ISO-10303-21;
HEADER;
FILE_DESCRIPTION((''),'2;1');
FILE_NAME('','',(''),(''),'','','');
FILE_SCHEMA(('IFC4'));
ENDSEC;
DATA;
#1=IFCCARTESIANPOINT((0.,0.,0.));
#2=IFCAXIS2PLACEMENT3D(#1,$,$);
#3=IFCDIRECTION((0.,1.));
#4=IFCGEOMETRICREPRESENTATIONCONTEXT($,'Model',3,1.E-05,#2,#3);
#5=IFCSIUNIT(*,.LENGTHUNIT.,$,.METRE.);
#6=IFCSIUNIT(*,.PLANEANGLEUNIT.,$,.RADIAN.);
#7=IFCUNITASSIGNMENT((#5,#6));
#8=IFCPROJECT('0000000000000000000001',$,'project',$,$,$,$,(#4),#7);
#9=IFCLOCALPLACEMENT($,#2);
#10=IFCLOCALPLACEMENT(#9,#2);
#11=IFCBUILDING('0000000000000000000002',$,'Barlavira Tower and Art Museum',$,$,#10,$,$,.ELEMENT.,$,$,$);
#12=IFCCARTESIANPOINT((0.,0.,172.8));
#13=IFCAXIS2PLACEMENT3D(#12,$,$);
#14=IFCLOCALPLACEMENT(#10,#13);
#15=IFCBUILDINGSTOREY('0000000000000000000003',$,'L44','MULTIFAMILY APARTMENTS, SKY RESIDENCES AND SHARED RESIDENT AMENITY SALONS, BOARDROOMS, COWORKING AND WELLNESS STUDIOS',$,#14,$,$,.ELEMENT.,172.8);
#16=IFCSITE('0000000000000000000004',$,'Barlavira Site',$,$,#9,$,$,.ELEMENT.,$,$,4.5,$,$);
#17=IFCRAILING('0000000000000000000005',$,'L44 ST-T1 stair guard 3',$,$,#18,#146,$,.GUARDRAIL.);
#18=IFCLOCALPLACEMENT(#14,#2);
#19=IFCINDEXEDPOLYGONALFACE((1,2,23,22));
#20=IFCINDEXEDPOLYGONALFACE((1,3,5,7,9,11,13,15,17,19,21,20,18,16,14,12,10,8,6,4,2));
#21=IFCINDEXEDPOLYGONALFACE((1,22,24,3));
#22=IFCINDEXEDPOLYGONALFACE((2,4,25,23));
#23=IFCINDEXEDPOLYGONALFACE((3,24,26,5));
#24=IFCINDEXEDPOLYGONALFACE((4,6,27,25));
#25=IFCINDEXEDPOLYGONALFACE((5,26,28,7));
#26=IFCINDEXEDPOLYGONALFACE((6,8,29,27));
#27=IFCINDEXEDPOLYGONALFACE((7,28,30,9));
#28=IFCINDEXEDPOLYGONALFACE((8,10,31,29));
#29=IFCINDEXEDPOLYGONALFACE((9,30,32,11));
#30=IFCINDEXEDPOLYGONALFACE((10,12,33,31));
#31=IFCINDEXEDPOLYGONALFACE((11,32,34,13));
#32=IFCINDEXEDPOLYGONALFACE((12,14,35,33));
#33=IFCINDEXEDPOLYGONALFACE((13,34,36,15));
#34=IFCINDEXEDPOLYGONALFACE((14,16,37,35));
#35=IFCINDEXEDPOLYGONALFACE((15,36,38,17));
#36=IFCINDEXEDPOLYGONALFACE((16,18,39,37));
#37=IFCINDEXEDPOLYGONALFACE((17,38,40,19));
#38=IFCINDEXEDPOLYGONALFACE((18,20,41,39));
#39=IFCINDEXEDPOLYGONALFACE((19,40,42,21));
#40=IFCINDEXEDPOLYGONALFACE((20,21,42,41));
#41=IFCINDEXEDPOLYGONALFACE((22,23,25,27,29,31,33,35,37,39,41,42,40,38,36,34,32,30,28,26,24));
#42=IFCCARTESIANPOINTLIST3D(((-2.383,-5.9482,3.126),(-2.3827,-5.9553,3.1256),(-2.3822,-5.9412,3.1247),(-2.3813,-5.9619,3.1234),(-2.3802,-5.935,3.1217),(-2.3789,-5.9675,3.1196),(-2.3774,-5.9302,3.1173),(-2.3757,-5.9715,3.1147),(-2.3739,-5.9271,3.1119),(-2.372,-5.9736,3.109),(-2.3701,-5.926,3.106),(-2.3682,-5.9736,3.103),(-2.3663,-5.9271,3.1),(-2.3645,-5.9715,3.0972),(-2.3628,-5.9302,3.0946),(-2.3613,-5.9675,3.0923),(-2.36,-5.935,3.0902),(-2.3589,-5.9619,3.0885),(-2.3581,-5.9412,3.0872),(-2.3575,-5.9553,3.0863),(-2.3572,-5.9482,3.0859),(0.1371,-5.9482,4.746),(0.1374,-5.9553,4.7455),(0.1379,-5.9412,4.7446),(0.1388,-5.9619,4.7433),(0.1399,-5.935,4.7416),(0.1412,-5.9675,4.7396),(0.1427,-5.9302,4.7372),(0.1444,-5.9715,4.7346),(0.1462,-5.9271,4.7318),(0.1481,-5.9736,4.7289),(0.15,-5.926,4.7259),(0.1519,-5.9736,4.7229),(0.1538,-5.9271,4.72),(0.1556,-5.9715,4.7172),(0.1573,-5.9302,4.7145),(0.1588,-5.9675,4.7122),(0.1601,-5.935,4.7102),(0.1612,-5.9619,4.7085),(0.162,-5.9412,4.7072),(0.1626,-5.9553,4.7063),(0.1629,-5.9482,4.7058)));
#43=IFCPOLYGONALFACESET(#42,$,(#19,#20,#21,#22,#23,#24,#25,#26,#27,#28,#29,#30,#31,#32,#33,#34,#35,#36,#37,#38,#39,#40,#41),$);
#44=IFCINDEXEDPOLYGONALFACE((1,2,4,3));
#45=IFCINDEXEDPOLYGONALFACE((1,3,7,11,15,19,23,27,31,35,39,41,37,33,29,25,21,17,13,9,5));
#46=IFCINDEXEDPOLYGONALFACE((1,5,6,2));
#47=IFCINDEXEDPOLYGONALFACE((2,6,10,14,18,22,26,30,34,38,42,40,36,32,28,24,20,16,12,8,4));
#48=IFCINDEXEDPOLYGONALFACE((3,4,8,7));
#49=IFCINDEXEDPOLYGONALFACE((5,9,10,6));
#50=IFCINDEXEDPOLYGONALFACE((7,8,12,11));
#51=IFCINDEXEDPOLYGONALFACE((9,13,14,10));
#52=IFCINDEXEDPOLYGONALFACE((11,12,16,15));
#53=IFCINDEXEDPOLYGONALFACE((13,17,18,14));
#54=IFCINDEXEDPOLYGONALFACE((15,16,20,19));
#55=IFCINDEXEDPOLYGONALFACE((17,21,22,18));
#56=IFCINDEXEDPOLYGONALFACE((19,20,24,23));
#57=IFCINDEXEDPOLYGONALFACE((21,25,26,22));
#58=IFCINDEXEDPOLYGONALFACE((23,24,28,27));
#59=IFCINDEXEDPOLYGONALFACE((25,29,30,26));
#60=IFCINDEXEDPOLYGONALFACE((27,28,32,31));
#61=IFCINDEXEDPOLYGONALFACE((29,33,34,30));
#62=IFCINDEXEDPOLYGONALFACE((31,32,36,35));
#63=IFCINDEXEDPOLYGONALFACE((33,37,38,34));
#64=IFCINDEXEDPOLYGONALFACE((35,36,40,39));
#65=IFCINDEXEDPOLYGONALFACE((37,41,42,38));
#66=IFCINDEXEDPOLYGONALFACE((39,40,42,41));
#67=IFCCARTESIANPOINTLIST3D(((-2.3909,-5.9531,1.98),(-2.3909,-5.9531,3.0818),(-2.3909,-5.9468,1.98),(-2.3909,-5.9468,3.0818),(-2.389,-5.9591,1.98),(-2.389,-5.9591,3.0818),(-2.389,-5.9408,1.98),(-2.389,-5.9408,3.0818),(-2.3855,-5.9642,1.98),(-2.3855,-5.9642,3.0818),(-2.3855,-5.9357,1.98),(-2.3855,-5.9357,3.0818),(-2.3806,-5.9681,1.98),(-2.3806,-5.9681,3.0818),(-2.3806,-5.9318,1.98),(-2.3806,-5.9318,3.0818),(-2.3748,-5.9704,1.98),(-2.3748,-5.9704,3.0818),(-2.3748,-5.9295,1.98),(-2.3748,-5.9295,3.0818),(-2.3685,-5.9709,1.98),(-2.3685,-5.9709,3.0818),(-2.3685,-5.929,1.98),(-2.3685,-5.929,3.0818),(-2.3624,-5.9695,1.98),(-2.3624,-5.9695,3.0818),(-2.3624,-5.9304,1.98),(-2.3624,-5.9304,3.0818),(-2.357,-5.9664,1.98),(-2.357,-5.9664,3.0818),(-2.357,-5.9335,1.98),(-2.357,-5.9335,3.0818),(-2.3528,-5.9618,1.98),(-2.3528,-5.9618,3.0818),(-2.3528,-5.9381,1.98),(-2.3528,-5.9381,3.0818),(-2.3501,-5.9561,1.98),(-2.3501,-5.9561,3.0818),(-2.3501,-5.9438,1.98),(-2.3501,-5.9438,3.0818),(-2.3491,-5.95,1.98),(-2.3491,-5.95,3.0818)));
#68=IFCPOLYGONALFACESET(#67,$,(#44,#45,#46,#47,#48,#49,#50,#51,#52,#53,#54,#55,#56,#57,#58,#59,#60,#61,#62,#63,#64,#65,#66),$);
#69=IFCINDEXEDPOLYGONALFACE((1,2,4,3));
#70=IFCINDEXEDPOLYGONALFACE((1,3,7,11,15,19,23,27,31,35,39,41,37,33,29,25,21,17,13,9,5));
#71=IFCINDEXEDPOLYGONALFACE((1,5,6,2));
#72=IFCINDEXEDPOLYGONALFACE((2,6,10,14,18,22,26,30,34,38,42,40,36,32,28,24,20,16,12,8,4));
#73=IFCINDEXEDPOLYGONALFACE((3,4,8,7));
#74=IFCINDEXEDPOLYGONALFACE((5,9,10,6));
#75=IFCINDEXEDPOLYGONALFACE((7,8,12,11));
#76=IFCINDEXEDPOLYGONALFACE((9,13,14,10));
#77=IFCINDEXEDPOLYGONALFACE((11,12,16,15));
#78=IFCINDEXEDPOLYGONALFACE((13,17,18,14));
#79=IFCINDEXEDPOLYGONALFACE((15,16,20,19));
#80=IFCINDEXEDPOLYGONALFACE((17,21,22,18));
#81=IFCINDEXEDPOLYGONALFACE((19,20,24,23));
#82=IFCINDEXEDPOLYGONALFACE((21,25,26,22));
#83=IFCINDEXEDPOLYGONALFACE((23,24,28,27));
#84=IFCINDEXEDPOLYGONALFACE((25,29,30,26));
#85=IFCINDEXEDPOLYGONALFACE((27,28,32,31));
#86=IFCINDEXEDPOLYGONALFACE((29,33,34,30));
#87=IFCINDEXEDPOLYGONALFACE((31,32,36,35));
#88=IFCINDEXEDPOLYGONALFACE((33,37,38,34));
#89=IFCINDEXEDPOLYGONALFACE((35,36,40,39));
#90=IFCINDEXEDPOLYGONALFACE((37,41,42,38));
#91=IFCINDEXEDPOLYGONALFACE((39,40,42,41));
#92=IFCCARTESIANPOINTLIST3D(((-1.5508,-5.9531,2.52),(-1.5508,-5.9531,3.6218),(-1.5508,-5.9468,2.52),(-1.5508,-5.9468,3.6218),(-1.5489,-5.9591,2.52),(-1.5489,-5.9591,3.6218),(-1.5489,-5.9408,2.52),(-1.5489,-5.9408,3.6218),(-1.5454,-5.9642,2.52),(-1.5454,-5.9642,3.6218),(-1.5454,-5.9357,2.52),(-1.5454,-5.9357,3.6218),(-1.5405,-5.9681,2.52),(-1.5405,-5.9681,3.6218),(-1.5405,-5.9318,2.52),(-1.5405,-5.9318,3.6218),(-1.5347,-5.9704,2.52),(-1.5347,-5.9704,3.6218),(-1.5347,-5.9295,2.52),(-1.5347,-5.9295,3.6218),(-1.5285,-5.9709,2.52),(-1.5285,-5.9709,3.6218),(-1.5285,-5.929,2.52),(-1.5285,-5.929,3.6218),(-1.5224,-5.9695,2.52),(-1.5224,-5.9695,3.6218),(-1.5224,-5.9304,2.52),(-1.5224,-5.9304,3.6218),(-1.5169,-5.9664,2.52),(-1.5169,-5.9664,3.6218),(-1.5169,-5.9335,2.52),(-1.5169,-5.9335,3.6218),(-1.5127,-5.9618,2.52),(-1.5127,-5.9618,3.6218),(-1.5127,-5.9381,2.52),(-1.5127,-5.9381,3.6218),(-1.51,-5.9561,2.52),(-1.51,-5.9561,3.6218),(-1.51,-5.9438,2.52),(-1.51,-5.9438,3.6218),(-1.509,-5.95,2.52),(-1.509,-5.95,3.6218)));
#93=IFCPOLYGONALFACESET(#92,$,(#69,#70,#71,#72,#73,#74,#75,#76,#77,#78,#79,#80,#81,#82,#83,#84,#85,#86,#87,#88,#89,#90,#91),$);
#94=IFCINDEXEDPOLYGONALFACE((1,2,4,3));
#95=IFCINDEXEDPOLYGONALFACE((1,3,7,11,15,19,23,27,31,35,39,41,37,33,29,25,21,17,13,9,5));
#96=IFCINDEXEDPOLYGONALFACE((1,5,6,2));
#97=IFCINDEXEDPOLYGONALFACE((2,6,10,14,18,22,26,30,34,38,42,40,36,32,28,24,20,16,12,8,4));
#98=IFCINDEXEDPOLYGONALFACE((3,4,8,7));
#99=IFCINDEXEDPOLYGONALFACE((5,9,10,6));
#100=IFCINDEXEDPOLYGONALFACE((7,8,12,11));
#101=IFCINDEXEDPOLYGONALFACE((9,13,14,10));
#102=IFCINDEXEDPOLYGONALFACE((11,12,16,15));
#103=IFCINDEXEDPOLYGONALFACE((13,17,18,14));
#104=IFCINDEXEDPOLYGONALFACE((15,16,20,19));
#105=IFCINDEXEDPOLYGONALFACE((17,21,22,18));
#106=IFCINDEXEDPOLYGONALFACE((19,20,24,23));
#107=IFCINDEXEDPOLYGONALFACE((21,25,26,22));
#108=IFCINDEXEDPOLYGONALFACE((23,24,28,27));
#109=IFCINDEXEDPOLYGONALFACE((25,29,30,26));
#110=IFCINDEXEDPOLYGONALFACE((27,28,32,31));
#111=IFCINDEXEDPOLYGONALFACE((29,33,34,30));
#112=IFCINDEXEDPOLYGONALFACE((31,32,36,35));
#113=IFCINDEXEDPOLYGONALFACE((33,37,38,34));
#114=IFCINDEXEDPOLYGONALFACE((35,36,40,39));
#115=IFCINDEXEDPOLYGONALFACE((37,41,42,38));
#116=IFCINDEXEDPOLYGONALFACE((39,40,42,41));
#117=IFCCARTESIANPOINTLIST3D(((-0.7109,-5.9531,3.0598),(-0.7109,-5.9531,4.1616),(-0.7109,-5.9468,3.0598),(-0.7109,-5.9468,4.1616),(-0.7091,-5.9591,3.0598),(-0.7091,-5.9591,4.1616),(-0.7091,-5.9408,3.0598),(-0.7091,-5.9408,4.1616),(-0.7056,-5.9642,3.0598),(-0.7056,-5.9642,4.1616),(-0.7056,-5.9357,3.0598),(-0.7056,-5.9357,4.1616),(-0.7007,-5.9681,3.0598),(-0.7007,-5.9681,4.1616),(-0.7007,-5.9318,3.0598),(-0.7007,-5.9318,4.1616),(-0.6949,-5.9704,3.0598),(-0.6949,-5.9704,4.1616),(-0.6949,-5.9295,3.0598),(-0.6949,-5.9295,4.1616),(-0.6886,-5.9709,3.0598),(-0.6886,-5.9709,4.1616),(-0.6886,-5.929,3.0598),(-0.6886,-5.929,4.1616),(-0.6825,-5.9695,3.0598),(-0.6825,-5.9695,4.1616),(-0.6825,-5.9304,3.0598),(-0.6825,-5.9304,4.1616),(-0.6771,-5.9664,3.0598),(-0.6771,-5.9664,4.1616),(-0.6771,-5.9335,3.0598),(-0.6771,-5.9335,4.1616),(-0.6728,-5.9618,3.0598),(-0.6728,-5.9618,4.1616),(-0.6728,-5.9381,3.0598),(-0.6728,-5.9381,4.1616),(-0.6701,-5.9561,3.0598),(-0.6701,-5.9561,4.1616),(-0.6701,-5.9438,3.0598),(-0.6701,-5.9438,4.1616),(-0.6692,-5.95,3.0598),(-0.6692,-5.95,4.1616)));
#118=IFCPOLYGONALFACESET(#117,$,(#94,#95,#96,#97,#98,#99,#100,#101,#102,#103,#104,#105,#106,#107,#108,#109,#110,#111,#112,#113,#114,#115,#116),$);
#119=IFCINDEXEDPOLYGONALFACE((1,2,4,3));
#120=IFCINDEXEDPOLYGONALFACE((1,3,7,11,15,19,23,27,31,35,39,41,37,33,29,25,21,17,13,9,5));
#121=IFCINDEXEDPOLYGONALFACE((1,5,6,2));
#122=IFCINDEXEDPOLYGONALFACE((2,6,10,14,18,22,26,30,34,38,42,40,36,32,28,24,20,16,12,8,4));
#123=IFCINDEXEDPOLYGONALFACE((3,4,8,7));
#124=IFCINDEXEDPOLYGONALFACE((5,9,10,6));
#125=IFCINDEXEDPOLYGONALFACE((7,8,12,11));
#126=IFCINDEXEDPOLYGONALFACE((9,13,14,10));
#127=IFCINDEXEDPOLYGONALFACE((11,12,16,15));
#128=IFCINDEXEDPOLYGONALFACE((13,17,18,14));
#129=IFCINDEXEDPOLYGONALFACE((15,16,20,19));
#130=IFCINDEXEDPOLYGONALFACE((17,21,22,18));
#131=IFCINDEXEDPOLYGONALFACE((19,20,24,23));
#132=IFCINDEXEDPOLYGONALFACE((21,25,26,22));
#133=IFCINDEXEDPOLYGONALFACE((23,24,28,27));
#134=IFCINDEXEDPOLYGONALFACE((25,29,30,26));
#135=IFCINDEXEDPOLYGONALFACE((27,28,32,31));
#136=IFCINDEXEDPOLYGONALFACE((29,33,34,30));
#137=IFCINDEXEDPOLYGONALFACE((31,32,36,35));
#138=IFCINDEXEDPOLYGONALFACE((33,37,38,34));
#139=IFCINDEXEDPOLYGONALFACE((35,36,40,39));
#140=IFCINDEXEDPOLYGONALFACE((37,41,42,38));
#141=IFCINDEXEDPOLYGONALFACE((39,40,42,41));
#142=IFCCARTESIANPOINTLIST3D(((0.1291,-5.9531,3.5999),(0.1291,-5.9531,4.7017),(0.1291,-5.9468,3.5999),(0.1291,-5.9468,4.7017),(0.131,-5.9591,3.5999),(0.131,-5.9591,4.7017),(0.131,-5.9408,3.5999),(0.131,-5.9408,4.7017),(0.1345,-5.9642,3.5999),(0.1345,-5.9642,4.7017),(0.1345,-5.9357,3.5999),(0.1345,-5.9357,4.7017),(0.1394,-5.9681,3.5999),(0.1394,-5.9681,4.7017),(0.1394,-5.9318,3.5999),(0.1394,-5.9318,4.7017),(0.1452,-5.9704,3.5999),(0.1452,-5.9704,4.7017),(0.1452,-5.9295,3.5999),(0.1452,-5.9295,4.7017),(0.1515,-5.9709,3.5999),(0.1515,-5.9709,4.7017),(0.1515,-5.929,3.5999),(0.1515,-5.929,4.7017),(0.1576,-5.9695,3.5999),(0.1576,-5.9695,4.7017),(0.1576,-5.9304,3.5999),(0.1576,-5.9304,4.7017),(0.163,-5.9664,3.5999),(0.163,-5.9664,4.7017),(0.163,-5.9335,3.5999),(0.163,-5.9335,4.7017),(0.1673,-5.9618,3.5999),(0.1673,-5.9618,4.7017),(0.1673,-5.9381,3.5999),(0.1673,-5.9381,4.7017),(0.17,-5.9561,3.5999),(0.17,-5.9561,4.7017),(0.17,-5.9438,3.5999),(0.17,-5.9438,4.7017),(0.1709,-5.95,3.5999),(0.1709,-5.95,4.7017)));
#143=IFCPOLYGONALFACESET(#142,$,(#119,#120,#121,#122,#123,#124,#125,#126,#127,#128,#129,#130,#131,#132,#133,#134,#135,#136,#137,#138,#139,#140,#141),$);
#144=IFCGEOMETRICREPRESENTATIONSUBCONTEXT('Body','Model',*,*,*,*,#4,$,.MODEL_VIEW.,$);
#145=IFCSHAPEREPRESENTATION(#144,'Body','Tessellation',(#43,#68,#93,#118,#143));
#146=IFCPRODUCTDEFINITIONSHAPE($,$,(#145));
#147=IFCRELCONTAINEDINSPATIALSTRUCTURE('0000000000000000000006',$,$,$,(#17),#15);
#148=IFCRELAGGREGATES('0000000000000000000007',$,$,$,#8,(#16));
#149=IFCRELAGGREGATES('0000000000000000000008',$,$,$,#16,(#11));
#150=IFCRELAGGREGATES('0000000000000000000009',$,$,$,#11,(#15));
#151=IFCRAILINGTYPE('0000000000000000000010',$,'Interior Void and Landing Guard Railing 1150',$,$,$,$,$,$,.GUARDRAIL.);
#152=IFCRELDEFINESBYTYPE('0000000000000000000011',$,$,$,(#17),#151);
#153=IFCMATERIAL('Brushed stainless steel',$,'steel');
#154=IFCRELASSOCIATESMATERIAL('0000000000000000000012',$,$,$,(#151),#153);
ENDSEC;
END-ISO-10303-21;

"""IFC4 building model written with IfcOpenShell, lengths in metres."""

from ifc_helpers import new_model, si_unit, direction, frame, origin, origin_2d, place, context, subcontext, project, spatial, circle, extrude, material, type_object, element, save


model = new_model("IFC4")

# Units and contexts
model_context = context("Model", 3, precision=1e-05, world=origin(), true_north=direction((0.0, 1.0)))
body_context = subcontext(model_context, "Body", "Model", "MODEL_VIEW")
ifc_project = project(units=[si_unit("LENGTHUNIT", "METRE"), si_unit("PLANEANGLEUNIT", "RADIAN")], contexts=[model_context])

# Site, building, storey
site_placement = place(None, origin())
site = spatial("IfcSite", under=ifc_project, at=site_placement, Name="Barlavira Site", CompositionType="ELEMENT", RefElevation=4.5)
building_placement = place(site_placement, origin())
building = spatial("IfcBuilding", under=site, at=building_placement, Name="Barlavira Tower and Art Museum", CompositionType="ELEMENT")
storey_placement = place(building_placement, frame((0.0, 0.0, 172.8)))
storey = spatial("IfcBuildingStorey", under=building, at=storey_placement, Name="L44", Description="MULTIFAMILY APARTMENTS, SKY RESIDENCES AND SHARED RESIDENT AMENITY SALONS, BOARDROOMS, COWORKING AND WELLNESS STUDIOS", CompositionType="ELEMENT", Elevation=172.8)

# Shared definitions
ifc_material_1 = material(Name="Brushed stainless steel", Category="steel")

# Railing
railing_type_1 = type_object("IfcRailingType", Name="Interior Void and Landing Guard Railing 1150", PredefinedType="GUARDRAIL", material=ifc_material_1)
railing_1_placement = place(storey_placement, frame((-2.3701, -5.95, 1.98)))
element("IfcRailing", 1, at=railing_1_placement, inside=storey, type_object=railing_type_1, Name="L44 ST-T1 stair guard 3", PredefinedType="GUARDRAIL", context=body_context, shape_type="SweptSolid", body=[
    extrude(circle(Radius=0.0239, at=origin_2d()), frame((0.0, 0.0, 1.126), z_axis=(0.8412, 0.0, 0.540725), x_axis=(0.0, 1.0, 0.0)), (0.0, 0.0, 1.0), 2.9958),
    extrude(circle(Radius=0.021, at=origin_2d()), origin(), (0.0, 0.0, 1.0), 1.1018),
    extrude(circle(Radius=0.021, at=origin_2d()), frame((0.8401, 0.0, 0.54)), (0.0, 0.0, 1.0), 1.1018),
    extrude(circle(Radius=0.021, at=origin_2d()), frame((1.6799, 0.0, 1.0798)), (0.0, 0.0, 1.0), 1.1018),
    extrude(circle(Radius=0.021, at=origin_2d()), frame((2.52, 0.0, 1.6199)), (0.0, 0.0, 1.0), 1.1018),
])

save(model, "model.ifc")
